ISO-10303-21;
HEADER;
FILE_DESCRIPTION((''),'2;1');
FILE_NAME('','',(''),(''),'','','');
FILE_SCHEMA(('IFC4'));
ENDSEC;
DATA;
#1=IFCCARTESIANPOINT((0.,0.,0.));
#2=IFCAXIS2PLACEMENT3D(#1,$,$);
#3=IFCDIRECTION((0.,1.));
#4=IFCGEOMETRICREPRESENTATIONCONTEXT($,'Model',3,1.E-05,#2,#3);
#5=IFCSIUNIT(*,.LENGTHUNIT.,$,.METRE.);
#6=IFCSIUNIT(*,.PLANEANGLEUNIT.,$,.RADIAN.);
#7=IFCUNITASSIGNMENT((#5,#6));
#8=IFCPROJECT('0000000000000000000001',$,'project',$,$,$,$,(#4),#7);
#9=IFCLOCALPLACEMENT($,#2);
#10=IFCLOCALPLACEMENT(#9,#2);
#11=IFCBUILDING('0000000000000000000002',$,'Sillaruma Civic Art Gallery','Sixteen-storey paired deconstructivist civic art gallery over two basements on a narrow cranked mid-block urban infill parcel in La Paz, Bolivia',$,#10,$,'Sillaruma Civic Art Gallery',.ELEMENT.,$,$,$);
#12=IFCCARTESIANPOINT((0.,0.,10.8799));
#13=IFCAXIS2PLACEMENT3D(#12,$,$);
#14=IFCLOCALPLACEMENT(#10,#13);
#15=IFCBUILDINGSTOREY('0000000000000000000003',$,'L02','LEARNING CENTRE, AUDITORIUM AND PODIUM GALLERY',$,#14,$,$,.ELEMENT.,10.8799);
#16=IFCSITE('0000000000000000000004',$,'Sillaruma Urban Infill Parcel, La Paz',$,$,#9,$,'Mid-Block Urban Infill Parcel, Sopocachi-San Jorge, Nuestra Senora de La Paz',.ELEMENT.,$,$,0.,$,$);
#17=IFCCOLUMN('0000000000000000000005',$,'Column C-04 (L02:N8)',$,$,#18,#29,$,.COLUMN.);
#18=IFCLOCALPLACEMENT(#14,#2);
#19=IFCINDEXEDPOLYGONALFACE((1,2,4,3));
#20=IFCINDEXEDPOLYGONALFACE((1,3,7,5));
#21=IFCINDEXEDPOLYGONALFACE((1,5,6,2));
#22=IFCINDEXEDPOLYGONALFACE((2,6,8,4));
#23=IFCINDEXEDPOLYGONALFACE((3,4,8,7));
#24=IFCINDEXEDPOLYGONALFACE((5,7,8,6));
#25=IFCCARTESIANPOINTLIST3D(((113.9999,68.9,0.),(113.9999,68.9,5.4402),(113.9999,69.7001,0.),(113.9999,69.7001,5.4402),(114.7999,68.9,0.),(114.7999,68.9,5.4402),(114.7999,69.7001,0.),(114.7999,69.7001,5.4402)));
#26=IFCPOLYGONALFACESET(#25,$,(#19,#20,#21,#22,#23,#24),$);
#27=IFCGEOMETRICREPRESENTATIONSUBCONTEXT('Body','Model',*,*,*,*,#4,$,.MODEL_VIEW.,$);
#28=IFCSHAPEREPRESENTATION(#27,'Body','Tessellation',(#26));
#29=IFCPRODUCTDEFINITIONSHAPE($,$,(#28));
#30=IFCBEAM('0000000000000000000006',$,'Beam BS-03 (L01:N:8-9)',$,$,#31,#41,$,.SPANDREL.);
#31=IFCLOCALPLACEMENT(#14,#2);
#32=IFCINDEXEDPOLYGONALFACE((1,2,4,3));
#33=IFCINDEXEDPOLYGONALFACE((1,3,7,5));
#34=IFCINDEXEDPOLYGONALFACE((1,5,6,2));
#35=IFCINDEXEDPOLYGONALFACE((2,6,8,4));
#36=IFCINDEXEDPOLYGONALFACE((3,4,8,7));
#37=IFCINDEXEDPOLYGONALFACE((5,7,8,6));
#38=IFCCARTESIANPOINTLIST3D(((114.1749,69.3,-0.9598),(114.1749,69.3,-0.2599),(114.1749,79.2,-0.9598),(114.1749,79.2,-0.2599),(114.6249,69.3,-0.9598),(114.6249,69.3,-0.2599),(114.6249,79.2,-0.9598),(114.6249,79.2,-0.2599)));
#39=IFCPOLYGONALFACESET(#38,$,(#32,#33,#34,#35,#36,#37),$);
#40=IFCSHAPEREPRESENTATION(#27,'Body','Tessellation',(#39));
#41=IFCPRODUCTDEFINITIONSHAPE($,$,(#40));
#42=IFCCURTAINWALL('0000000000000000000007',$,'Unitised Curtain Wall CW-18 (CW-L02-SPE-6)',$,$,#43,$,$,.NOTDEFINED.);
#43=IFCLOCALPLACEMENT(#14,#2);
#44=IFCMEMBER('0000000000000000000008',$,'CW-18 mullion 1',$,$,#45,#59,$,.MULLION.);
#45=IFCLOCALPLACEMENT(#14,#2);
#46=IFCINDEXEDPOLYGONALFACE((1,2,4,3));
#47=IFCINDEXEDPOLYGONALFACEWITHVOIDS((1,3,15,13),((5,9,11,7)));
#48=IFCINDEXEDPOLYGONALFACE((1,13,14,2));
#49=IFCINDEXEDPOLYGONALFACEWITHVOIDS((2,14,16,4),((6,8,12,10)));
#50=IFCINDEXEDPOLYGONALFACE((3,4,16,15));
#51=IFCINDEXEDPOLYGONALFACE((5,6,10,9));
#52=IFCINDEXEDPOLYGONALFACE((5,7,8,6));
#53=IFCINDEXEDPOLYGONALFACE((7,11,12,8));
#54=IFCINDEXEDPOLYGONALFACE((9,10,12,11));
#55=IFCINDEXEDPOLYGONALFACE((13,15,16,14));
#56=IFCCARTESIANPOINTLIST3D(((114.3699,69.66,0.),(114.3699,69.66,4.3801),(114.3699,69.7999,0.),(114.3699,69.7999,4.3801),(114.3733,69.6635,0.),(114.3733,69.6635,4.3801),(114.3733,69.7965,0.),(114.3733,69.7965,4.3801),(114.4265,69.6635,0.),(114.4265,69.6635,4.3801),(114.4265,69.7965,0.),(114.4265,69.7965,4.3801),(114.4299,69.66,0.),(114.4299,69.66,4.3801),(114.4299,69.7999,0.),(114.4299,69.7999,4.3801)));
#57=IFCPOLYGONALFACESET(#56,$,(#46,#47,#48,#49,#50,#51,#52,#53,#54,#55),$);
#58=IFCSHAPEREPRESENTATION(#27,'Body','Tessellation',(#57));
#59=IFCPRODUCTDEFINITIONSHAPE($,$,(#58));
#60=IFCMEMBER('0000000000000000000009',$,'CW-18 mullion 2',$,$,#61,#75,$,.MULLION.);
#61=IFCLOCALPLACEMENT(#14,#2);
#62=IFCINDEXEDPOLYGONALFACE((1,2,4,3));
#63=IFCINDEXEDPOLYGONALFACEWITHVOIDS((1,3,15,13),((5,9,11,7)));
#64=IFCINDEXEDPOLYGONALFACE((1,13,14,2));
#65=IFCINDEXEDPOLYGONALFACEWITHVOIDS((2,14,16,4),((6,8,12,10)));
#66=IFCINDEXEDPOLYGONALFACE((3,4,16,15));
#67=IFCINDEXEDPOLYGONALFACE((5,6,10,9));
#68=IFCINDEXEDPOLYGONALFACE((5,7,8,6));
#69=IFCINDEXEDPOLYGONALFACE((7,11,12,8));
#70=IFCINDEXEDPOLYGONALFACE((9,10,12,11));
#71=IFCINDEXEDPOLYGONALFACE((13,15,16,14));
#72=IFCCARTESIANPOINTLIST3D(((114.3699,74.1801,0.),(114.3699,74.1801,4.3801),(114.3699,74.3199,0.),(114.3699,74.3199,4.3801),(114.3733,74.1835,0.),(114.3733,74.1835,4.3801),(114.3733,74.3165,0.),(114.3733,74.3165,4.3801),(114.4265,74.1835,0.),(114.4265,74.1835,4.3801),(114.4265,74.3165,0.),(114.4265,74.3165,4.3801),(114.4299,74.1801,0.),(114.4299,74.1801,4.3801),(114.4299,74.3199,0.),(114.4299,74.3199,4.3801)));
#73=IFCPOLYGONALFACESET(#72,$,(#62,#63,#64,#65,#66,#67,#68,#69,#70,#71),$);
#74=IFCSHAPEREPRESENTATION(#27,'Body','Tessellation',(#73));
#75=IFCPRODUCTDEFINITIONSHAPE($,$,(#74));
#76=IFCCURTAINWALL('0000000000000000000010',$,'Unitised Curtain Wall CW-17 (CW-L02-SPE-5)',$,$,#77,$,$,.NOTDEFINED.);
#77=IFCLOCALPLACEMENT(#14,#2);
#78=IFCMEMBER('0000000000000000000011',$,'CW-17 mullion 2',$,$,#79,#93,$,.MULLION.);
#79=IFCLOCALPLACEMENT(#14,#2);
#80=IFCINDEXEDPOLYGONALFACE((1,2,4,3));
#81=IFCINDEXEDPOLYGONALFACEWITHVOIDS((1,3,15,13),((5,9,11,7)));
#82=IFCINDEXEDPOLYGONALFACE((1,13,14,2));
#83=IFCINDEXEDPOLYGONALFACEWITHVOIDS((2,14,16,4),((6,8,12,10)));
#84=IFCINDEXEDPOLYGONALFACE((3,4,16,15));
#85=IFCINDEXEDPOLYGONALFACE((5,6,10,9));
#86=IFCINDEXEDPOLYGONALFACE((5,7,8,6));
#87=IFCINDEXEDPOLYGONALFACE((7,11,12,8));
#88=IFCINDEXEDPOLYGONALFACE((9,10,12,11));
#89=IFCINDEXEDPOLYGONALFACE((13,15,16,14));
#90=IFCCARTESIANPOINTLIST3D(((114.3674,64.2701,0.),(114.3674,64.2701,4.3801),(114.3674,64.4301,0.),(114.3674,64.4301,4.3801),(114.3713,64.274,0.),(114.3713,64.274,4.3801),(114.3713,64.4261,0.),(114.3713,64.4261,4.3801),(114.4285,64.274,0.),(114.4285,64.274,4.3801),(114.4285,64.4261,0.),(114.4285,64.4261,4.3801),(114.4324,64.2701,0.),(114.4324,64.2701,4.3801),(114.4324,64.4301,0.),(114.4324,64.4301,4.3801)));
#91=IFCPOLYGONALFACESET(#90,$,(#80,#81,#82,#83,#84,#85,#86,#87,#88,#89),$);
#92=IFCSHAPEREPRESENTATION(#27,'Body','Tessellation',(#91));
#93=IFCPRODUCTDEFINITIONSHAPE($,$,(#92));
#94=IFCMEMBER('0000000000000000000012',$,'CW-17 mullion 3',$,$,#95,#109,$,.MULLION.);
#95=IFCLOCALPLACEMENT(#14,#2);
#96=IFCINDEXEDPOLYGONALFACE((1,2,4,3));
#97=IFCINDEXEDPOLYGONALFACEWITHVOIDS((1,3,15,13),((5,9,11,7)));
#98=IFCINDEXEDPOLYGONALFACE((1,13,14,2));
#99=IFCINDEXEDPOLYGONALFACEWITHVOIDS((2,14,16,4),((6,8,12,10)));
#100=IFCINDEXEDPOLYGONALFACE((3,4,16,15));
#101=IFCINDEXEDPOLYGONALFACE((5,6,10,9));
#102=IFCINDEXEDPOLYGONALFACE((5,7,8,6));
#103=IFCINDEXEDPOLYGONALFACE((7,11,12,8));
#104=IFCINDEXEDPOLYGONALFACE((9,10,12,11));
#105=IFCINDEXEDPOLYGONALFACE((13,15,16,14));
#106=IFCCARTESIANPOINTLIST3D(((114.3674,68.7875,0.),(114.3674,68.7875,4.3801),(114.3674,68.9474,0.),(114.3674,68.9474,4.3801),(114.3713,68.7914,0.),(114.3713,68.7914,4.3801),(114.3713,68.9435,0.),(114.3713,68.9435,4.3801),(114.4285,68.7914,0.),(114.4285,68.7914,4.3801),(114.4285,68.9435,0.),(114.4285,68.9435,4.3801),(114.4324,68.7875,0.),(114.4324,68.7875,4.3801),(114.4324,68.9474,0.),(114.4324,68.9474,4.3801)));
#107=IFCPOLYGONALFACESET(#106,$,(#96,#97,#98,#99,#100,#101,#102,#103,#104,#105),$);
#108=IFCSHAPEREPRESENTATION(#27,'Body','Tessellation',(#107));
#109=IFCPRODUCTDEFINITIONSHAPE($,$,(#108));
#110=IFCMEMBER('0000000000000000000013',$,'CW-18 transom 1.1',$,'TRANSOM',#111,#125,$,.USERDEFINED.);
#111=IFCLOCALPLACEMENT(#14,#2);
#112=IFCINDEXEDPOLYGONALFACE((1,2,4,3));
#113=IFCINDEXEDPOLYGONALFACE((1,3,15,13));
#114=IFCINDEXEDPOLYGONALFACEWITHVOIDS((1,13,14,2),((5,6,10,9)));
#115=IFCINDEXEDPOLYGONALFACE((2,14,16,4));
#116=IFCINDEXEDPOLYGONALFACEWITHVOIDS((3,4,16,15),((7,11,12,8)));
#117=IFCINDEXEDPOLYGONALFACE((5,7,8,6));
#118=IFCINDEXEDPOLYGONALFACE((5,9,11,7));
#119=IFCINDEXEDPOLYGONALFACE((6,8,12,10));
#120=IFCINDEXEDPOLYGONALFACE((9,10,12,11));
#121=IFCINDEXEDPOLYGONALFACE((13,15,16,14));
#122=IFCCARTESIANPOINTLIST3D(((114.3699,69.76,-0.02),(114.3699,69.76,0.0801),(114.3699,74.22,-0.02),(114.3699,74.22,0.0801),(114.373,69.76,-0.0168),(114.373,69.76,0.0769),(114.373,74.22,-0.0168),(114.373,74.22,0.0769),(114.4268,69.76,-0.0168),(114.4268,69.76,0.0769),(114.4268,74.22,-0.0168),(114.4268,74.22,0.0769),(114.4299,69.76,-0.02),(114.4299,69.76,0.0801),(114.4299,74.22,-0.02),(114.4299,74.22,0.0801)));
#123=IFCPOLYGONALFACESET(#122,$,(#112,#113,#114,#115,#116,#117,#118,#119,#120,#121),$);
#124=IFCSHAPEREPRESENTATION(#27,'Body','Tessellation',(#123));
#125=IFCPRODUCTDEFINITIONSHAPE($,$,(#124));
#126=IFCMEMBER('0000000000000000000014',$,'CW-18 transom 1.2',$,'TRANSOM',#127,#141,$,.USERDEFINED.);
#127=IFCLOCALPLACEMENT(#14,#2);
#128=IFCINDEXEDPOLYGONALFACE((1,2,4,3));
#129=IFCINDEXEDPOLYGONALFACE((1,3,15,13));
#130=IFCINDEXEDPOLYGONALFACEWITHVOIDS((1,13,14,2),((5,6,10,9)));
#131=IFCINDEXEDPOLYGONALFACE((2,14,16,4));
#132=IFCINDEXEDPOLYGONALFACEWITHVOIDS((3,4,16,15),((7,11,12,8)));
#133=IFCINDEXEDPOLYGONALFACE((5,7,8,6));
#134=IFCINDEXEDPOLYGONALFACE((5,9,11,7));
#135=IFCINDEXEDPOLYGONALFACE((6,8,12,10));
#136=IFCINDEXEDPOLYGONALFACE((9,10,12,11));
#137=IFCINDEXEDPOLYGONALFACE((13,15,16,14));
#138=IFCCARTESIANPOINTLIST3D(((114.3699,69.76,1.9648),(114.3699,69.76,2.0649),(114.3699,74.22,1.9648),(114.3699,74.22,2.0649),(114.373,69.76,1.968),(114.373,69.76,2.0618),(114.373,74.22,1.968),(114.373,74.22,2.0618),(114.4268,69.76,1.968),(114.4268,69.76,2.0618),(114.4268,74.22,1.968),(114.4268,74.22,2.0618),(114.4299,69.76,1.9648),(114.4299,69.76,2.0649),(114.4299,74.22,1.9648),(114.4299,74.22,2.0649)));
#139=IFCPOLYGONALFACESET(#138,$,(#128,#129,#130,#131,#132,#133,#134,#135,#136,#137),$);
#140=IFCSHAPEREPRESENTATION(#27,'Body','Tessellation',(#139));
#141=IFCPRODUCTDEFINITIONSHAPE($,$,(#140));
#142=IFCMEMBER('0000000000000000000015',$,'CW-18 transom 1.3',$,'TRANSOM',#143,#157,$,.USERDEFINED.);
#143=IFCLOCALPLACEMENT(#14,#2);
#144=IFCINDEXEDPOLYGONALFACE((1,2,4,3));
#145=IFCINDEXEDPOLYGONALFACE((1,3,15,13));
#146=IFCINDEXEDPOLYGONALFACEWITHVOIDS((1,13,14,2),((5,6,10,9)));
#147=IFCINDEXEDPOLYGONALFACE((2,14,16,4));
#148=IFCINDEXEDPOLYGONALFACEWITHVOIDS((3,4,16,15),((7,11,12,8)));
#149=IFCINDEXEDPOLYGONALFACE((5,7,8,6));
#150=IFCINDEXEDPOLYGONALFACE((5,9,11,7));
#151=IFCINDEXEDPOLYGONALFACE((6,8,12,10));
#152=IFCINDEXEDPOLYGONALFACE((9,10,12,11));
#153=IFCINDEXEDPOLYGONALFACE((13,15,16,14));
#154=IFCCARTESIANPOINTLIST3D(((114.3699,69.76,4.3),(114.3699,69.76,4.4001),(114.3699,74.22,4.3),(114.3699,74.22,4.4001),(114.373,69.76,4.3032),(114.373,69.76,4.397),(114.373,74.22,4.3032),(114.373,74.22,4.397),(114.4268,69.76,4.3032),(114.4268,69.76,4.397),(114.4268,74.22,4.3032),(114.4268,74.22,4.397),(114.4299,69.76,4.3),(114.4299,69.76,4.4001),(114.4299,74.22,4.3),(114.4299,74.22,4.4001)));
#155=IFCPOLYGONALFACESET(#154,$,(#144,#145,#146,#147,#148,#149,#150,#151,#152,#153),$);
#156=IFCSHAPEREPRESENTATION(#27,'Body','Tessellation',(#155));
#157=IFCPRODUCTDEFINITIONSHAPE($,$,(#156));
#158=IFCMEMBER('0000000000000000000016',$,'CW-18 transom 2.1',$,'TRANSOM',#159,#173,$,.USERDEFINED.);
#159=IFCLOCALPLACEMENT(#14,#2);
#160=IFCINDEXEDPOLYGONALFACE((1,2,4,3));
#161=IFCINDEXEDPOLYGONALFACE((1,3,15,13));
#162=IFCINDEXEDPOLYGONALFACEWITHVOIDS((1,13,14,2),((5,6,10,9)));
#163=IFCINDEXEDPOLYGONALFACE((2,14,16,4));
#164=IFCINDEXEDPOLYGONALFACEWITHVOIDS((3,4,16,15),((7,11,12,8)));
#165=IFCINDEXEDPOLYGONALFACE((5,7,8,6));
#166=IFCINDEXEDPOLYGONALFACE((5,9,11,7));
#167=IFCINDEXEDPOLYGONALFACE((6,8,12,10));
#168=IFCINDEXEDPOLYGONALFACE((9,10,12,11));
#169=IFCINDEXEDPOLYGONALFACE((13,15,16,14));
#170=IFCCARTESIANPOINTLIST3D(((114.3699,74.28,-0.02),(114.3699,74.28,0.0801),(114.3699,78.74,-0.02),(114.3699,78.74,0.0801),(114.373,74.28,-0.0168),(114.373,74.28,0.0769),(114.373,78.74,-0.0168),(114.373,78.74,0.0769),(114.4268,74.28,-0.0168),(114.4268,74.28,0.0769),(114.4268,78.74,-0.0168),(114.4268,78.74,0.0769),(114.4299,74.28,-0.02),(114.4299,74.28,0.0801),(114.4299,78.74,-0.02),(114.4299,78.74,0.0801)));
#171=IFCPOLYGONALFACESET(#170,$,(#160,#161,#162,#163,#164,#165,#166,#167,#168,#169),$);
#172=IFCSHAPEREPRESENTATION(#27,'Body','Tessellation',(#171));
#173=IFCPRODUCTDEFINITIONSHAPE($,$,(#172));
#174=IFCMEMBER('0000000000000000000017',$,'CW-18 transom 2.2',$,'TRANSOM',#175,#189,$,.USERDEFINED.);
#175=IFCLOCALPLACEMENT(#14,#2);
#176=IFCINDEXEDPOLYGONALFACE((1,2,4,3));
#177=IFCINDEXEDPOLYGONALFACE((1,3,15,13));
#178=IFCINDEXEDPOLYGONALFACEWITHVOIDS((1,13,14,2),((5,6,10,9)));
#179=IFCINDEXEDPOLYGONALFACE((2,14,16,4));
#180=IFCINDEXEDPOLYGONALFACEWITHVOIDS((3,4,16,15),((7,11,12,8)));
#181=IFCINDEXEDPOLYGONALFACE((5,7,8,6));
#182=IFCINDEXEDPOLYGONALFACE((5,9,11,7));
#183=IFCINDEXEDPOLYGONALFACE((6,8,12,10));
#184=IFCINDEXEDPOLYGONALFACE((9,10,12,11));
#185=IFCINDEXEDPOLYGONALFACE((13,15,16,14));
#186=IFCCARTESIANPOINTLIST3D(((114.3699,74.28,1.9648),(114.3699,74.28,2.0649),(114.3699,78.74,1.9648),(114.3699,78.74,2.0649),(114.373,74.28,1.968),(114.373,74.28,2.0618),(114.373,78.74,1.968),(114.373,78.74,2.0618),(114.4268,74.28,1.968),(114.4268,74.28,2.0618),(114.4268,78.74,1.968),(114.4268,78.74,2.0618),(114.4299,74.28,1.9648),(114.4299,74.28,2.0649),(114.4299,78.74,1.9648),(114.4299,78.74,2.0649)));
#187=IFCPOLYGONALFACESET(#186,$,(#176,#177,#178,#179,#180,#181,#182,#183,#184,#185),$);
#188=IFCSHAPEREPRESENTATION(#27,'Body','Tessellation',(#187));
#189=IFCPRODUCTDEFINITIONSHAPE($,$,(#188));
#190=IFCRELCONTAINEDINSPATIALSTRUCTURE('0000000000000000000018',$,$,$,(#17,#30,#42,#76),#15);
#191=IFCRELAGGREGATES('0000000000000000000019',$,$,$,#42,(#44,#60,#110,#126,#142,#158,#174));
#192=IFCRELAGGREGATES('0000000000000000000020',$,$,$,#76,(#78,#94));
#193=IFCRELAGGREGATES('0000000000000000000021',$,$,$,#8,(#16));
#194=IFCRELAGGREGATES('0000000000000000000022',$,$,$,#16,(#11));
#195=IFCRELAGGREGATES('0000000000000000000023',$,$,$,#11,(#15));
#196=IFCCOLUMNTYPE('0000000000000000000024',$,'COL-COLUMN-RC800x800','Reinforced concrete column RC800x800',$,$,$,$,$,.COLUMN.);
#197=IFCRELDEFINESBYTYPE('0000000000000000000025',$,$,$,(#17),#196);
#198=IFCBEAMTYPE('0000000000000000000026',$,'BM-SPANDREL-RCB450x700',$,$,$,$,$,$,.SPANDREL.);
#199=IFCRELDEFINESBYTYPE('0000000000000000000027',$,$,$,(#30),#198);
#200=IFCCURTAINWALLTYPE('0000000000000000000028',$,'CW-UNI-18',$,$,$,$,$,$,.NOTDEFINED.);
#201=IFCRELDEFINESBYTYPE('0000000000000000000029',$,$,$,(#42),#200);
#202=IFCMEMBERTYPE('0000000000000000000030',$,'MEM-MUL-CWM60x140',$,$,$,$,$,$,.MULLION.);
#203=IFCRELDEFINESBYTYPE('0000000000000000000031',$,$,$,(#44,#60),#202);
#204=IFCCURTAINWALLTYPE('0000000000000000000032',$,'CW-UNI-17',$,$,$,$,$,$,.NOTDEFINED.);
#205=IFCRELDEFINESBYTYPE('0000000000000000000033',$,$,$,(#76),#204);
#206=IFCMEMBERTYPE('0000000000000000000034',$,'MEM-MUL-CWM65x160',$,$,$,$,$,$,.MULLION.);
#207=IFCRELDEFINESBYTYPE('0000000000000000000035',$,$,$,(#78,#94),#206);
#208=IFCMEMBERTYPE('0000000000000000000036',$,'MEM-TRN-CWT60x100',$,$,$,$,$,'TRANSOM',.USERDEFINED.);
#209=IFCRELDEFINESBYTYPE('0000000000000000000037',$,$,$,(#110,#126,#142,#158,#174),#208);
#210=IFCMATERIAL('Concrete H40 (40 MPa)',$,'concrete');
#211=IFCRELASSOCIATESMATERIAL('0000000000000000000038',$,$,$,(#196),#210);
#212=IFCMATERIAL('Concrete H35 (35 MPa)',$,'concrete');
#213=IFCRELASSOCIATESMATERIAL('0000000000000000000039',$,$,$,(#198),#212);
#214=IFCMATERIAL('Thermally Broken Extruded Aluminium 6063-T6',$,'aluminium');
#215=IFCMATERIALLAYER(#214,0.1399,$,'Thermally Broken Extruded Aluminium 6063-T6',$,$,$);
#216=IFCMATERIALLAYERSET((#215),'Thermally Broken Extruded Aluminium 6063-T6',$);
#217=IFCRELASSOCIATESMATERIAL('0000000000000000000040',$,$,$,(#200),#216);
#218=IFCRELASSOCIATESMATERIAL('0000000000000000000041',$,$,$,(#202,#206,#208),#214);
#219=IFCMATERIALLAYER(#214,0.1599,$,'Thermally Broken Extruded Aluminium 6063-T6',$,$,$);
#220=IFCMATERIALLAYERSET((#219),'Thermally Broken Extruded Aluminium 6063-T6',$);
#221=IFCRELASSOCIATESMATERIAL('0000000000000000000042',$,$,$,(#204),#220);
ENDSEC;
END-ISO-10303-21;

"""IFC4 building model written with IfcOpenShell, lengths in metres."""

from ifc_helpers import new_model, si_unit, direction, frame, origin, origin_2d, place, context, subcontext, project, spatial, rectangle, hollow_rectangle, extrude, material, layer, layer_set, material_profile, profile_set, type_object, element, aggregate, save


model = new_model("IFC4")

# Units and contexts
model_context = context("Model", 3, precision=1e-05, world=origin(), true_north=direction((0.0, 1.0)))
body_context = subcontext(model_context, "Body", "Model", "MODEL_VIEW")
ifc_project = project(units=[si_unit("LENGTHUNIT", "METRE"), si_unit("PLANEANGLEUNIT", "RADIAN")], contexts=[model_context])

# Site, building, storey
site_placement = place(None, origin())
site = spatial("IfcSite", under=ifc_project, at=site_placement, Name="Sillaruma Urban Infill Parcel, La Paz", LongName="Mid-Block Urban Infill Parcel, Sopocachi-San Jorge, Nuestra Senora de La Paz", CompositionType="ELEMENT", RefElevation=0.0)
building_placement = place(site_placement, origin())
building = spatial("IfcBuilding", under=site, at=building_placement, Name="Sillaruma Civic Art Gallery", Description="Sixteen-storey paired deconstructivist civic art gallery over two basements on a narrow cranked mid-block urban infill parcel in La Paz, Bolivia", LongName="Sillaruma Civic Art Gallery", CompositionType="ELEMENT")
storey_placement = place(building_placement, frame((0.0, 0.0, 10.8799)))
storey = spatial("IfcBuildingStorey", under=building, at=storey_placement, Name="L02", Description="LEARNING CENTRE, AUDITORIUM AND PODIUM GALLERY", CompositionType="ELEMENT", Elevation=10.8799)

# Column
ifc_material_1 = material(Name="Concrete H40 (40 MPa)", Category="concrete")
ifc_material_profile_1 = material_profile(ifc_material_1, rectangle(XDim=0.8, YDim=0.8, at=origin_2d()), Name="RC800x800")
ifc_profile_set_1 = profile_set([ifc_material_profile_1], Name="Concrete H40 (40 MPa)")
column_type = type_object("IfcColumnType", Name="COL-COLUMN-RC800x800", Description="Reinforced concrete column RC800x800", PredefinedType="COLUMN", material=ifc_profile_set_1)
column_placement = place(storey_placement, frame((114.3999, 69.3, 0.0), z_axis=(0.0, 0.0, 1.0), x_axis=(1.0, 0.0, 0.0)))
element("IfcColumn", 1, at=column_placement, inside=storey, type_object=column_type, Name="Column C-04 (L02:N8)", PredefinedType="COLUMN", context=body_context, shape_type="SweptSolid", body=[
    extrude(rectangle(XDim=0.8, YDim=0.8, at=origin_2d()), origin(), (0.0, 0.0, 1.0), 5.4402),
])

# Beam
ifc_material_2 = material(Name="Concrete H35 (35 MPa)", Category="concrete")
ifc_material_profile_2 = material_profile(ifc_material_2, rectangle(XDim=0.45, YDim=0.7, at=origin_2d()), Name="RCB450x700")
ifc_profile_set_2 = profile_set([ifc_material_profile_2], Name="Concrete H35 (35 MPa)")
beam_type = type_object("IfcBeamType", Name="BM-SPANDREL-RCB450x700", PredefinedType="SPANDREL", material=ifc_profile_set_2)
beam_placement = place(storey_placement, frame((114.3999, 69.3, -0.6099), z_axis=(0.0, 1.0, 0.0), x_axis=(-1.0, 0.0, 0.0)))
element("IfcBeam", 2, at=beam_placement, inside=storey, type_object=beam_type, Name="Beam BS-03 (L01:N:8-9)", PredefinedType="SPANDREL", context=body_context, shape_type="SweptSolid", body=[
    extrude(rectangle(XDim=0.45, YDim=0.7, at=origin_2d()), origin(), (0.0, 0.0, 1.0), 9.8999),
])

# Curtain walls, members
ifc_material_3 = material(Name="Thermally Broken Extruded Aluminium 6063-T6", Category="aluminium")
ifc_layer_1 = layer(ifc_material_3, 0.1399, Name="Thermally Broken Extruded Aluminium 6063-T6")
ifc_layer_set_1 = layer_set([ifc_layer_1], Name="Thermally Broken Extruded Aluminium 6063-T6")
curtain_wall_type_1 = type_object("IfcCurtainWallType", Name="CW-UNI-18", PredefinedType="NOTDEFINED", material=ifc_layer_set_1)
curtain_wall_1_placement = place(storey_placement, origin())
curtain_wall_1 = element("IfcCurtainWall", 3, at=curtain_wall_1_placement, inside=storey, type_object=curtain_wall_type_1, Name="Unitised Curtain Wall CW-18 (CW-L02-SPE-6)", PredefinedType="NOTDEFINED")
ifc_material_profile_3 = material_profile(ifc_material_3, hollow_rectangle(XDim=0.0601, YDim=0.1399, WallThickness=0.0034, at=origin_2d()), Name="CWM60x140")
ifc_profile_set_3 = profile_set([ifc_material_profile_3], Name="Thermally Broken Extruded Aluminium 6063-T6")
member_type_1 = type_object("IfcMemberType", Name="MEM-MUL-CWM60x140", PredefinedType="MULLION", material=ifc_profile_set_3)
member_1_placement = place(storey_placement, frame((114.3999, 69.73, 0.0), z_axis=(0.0, 0.0, 1.0), x_axis=(-1.0, 0.0, 0.0)))
member_1 = element("IfcMember", 4, at=member_1_placement, type_object=member_type_1, Name="CW-18 mullion 1", PredefinedType="MULLION", context=body_context, shape_type="SweptSolid", body=[
    extrude(hollow_rectangle(XDim=0.0601, YDim=0.1399, WallThickness=0.0034, at=origin_2d()), origin(), (0.0, 0.0, 1.0), 4.3801),
])
member_2_placement = place(storey_placement, frame((114.3999, 74.25, 0.0), z_axis=(0.0, 0.0, 1.0), x_axis=(-1.0, 0.0, 0.0)))
member_2 = element("IfcMember", 5, at=member_2_placement, type_object=member_type_1, Name="CW-18 mullion 2", PredefinedType="MULLION", context=body_context, shape_type="SweptSolid", body=[
    extrude(hollow_rectangle(XDim=0.0601, YDim=0.1399, WallThickness=0.0034, at=origin_2d()), origin(), (0.0, 0.0, 1.0), 4.3801),
])
ifc_layer_2 = layer(ifc_material_3, 0.1599, Name="Thermally Broken Extruded Aluminium 6063-T6")
ifc_layer_set_2 = layer_set([ifc_layer_2], Name="Thermally Broken Extruded Aluminium 6063-T6")
curtain_wall_type_2 = type_object("IfcCurtainWallType", Name="CW-UNI-17", PredefinedType="NOTDEFINED", material=ifc_layer_set_2)
curtain_wall_2_placement = place(storey_placement, origin())
curtain_wall_2 = element("IfcCurtainWall", 6, at=curtain_wall_2_placement, inside=storey, type_object=curtain_wall_type_2, Name="Unitised Curtain Wall CW-17 (CW-L02-SPE-5)", PredefinedType="NOTDEFINED")
ifc_material_profile_4 = material_profile(ifc_material_3, hollow_rectangle(XDim=0.0649, YDim=0.1599, WallThickness=0.0039, at=origin_2d()), Name="CWM65x160")
ifc_profile_set_4 = profile_set([ifc_material_profile_4], Name="Thermally Broken Extruded Aluminium 6063-T6")
member_type_2 = type_object("IfcMemberType", Name="MEM-MUL-CWM65x160", PredefinedType="MULLION", material=ifc_profile_set_4)
member_3_placement = place(storey_placement, frame((114.3999, 64.3501, 0.0), z_axis=(0.0, 0.0, 1.0), x_axis=(-1.0, 0.0, 0.0)))
member_3 = element("IfcMember", 7, at=member_3_placement, type_object=member_type_2, Name="CW-17 mullion 2", PredefinedType="MULLION", context=body_context, shape_type="SweptSolid", body=[
    extrude(hollow_rectangle(XDim=0.0649, YDim=0.1599, WallThickness=0.0039, at=origin_2d()), origin(), (0.0, 0.0, 1.0), 4.3801),
])
member_4_placement = place(storey_placement, frame((114.3999, 68.8674, 0.0), z_axis=(0.0, 0.0, 1.0), x_axis=(-1.0, 0.0, 0.0)))
member_4 = element("IfcMember", 8, at=member_4_placement, type_object=member_type_2, Name="CW-17 mullion 3", PredefinedType="MULLION", context=body_context, shape_type="SweptSolid", body=[
    extrude(hollow_rectangle(XDim=0.0649, YDim=0.1599, WallThickness=0.0039, at=origin_2d()), origin(), (0.0, 0.0, 1.0), 4.3801),
])

# Members
ifc_material_profile_5 = material_profile(ifc_material_3, hollow_rectangle(XDim=0.0601, YDim=0.1001, WallThickness=0.0032, at=origin_2d()), Name="CWT60x100")
ifc_profile_set_5 = profile_set([ifc_material_profile_5], Name="Thermally Broken Extruded Aluminium 6063-T6")
member_type_3 = type_object("IfcMemberType", Name="MEM-TRN-CWT60x100", ElementType="TRANSOM", PredefinedType="USERDEFINED", material=ifc_profile_set_5)
member_5_placement = place(storey_placement, frame((114.3999, 69.76, 0.03), z_axis=(0.0, 1.0, 0.0), x_axis=(-1.0, 0.0, 0.0)))
member_5 = element("IfcMember", 9, at=member_5_placement, type_object=member_type_3, Name="CW-18 transom 1.1", ObjectType="TRANSOM", PredefinedType="USERDEFINED", context=body_context, shape_type="SweptSolid", body=[
    extrude(hollow_rectangle(XDim=0.0601, YDim=0.1001, WallThickness=0.0032, at=origin_2d()), origin(), (0.0, 0.0, 1.0), 4.46),
])
member_6_placement = place(storey_placement, frame((114.3999, 69.76, 2.0149), z_axis=(0.0, 1.0, 0.0), x_axis=(-1.0, 0.0, 0.0)))
member_6 = element("IfcMember", 10, at=member_6_placement, type_object=member_type_3, Name="CW-18 transom 1.2", ObjectType="TRANSOM", PredefinedType="USERDEFINED", context=body_context, shape_type="SweptSolid", body=[
    extrude(hollow_rectangle(XDim=0.0601, YDim=0.1001, WallThickness=0.0032, at=origin_2d()), origin(), (0.0, 0.0, 1.0), 4.46),
])
member_7_placement = place(storey_placement, frame((114.3999, 69.76, 4.3501), z_axis=(0.0, 1.0, 0.0), x_axis=(-1.0, 0.0, 0.0)))
member_7 = element("IfcMember", 11, at=member_7_placement, type_object=member_type_3, Name="CW-18 transom 1.3", ObjectType="TRANSOM", PredefinedType="USERDEFINED", context=body_context, shape_type="SweptSolid", body=[
    extrude(hollow_rectangle(XDim=0.0601, YDim=0.1001, WallThickness=0.0032, at=origin_2d()), origin(), (0.0, 0.0, 1.0), 4.46),
])
member_8_placement = place(storey_placement, frame((114.3999, 74.28, 0.03), z_axis=(0.0, 1.0, 0.0), x_axis=(-1.0, 0.0, 0.0)))
member_8 = element("IfcMember", 12, at=member_8_placement, type_object=member_type_3, Name="CW-18 transom 2.1", ObjectType="TRANSOM", PredefinedType="USERDEFINED", context=body_context, shape_type="SweptSolid", body=[
    extrude(hollow_rectangle(XDim=0.0601, YDim=0.1001, WallThickness=0.0032, at=origin_2d()), origin(), (0.0, 0.0, 1.0), 4.46),
])
member_9_placement = place(storey_placement, frame((114.3999, 74.28, 2.0149), z_axis=(0.0, 1.0, 0.0), x_axis=(-1.0, 0.0, 0.0)))
member_9 = element("IfcMember", 13, at=member_9_placement, type_object=member_type_3, Name="CW-18 transom 2.2", ObjectType="TRANSOM", PredefinedType="USERDEFINED", context=body_context, shape_type="SweptSolid", body=[
    extrude(hollow_rectangle(XDim=0.0601, YDim=0.1001, WallThickness=0.0032, at=origin_2d()), origin(), (0.0, 0.0, 1.0), 4.46),
])

aggregate(curtain_wall_1, [member_1, member_2, member_5, member_6, member_7, member_8, member_9])
aggregate(curtain_wall_2, [member_3, member_4])

save(model, "model.ifc")
